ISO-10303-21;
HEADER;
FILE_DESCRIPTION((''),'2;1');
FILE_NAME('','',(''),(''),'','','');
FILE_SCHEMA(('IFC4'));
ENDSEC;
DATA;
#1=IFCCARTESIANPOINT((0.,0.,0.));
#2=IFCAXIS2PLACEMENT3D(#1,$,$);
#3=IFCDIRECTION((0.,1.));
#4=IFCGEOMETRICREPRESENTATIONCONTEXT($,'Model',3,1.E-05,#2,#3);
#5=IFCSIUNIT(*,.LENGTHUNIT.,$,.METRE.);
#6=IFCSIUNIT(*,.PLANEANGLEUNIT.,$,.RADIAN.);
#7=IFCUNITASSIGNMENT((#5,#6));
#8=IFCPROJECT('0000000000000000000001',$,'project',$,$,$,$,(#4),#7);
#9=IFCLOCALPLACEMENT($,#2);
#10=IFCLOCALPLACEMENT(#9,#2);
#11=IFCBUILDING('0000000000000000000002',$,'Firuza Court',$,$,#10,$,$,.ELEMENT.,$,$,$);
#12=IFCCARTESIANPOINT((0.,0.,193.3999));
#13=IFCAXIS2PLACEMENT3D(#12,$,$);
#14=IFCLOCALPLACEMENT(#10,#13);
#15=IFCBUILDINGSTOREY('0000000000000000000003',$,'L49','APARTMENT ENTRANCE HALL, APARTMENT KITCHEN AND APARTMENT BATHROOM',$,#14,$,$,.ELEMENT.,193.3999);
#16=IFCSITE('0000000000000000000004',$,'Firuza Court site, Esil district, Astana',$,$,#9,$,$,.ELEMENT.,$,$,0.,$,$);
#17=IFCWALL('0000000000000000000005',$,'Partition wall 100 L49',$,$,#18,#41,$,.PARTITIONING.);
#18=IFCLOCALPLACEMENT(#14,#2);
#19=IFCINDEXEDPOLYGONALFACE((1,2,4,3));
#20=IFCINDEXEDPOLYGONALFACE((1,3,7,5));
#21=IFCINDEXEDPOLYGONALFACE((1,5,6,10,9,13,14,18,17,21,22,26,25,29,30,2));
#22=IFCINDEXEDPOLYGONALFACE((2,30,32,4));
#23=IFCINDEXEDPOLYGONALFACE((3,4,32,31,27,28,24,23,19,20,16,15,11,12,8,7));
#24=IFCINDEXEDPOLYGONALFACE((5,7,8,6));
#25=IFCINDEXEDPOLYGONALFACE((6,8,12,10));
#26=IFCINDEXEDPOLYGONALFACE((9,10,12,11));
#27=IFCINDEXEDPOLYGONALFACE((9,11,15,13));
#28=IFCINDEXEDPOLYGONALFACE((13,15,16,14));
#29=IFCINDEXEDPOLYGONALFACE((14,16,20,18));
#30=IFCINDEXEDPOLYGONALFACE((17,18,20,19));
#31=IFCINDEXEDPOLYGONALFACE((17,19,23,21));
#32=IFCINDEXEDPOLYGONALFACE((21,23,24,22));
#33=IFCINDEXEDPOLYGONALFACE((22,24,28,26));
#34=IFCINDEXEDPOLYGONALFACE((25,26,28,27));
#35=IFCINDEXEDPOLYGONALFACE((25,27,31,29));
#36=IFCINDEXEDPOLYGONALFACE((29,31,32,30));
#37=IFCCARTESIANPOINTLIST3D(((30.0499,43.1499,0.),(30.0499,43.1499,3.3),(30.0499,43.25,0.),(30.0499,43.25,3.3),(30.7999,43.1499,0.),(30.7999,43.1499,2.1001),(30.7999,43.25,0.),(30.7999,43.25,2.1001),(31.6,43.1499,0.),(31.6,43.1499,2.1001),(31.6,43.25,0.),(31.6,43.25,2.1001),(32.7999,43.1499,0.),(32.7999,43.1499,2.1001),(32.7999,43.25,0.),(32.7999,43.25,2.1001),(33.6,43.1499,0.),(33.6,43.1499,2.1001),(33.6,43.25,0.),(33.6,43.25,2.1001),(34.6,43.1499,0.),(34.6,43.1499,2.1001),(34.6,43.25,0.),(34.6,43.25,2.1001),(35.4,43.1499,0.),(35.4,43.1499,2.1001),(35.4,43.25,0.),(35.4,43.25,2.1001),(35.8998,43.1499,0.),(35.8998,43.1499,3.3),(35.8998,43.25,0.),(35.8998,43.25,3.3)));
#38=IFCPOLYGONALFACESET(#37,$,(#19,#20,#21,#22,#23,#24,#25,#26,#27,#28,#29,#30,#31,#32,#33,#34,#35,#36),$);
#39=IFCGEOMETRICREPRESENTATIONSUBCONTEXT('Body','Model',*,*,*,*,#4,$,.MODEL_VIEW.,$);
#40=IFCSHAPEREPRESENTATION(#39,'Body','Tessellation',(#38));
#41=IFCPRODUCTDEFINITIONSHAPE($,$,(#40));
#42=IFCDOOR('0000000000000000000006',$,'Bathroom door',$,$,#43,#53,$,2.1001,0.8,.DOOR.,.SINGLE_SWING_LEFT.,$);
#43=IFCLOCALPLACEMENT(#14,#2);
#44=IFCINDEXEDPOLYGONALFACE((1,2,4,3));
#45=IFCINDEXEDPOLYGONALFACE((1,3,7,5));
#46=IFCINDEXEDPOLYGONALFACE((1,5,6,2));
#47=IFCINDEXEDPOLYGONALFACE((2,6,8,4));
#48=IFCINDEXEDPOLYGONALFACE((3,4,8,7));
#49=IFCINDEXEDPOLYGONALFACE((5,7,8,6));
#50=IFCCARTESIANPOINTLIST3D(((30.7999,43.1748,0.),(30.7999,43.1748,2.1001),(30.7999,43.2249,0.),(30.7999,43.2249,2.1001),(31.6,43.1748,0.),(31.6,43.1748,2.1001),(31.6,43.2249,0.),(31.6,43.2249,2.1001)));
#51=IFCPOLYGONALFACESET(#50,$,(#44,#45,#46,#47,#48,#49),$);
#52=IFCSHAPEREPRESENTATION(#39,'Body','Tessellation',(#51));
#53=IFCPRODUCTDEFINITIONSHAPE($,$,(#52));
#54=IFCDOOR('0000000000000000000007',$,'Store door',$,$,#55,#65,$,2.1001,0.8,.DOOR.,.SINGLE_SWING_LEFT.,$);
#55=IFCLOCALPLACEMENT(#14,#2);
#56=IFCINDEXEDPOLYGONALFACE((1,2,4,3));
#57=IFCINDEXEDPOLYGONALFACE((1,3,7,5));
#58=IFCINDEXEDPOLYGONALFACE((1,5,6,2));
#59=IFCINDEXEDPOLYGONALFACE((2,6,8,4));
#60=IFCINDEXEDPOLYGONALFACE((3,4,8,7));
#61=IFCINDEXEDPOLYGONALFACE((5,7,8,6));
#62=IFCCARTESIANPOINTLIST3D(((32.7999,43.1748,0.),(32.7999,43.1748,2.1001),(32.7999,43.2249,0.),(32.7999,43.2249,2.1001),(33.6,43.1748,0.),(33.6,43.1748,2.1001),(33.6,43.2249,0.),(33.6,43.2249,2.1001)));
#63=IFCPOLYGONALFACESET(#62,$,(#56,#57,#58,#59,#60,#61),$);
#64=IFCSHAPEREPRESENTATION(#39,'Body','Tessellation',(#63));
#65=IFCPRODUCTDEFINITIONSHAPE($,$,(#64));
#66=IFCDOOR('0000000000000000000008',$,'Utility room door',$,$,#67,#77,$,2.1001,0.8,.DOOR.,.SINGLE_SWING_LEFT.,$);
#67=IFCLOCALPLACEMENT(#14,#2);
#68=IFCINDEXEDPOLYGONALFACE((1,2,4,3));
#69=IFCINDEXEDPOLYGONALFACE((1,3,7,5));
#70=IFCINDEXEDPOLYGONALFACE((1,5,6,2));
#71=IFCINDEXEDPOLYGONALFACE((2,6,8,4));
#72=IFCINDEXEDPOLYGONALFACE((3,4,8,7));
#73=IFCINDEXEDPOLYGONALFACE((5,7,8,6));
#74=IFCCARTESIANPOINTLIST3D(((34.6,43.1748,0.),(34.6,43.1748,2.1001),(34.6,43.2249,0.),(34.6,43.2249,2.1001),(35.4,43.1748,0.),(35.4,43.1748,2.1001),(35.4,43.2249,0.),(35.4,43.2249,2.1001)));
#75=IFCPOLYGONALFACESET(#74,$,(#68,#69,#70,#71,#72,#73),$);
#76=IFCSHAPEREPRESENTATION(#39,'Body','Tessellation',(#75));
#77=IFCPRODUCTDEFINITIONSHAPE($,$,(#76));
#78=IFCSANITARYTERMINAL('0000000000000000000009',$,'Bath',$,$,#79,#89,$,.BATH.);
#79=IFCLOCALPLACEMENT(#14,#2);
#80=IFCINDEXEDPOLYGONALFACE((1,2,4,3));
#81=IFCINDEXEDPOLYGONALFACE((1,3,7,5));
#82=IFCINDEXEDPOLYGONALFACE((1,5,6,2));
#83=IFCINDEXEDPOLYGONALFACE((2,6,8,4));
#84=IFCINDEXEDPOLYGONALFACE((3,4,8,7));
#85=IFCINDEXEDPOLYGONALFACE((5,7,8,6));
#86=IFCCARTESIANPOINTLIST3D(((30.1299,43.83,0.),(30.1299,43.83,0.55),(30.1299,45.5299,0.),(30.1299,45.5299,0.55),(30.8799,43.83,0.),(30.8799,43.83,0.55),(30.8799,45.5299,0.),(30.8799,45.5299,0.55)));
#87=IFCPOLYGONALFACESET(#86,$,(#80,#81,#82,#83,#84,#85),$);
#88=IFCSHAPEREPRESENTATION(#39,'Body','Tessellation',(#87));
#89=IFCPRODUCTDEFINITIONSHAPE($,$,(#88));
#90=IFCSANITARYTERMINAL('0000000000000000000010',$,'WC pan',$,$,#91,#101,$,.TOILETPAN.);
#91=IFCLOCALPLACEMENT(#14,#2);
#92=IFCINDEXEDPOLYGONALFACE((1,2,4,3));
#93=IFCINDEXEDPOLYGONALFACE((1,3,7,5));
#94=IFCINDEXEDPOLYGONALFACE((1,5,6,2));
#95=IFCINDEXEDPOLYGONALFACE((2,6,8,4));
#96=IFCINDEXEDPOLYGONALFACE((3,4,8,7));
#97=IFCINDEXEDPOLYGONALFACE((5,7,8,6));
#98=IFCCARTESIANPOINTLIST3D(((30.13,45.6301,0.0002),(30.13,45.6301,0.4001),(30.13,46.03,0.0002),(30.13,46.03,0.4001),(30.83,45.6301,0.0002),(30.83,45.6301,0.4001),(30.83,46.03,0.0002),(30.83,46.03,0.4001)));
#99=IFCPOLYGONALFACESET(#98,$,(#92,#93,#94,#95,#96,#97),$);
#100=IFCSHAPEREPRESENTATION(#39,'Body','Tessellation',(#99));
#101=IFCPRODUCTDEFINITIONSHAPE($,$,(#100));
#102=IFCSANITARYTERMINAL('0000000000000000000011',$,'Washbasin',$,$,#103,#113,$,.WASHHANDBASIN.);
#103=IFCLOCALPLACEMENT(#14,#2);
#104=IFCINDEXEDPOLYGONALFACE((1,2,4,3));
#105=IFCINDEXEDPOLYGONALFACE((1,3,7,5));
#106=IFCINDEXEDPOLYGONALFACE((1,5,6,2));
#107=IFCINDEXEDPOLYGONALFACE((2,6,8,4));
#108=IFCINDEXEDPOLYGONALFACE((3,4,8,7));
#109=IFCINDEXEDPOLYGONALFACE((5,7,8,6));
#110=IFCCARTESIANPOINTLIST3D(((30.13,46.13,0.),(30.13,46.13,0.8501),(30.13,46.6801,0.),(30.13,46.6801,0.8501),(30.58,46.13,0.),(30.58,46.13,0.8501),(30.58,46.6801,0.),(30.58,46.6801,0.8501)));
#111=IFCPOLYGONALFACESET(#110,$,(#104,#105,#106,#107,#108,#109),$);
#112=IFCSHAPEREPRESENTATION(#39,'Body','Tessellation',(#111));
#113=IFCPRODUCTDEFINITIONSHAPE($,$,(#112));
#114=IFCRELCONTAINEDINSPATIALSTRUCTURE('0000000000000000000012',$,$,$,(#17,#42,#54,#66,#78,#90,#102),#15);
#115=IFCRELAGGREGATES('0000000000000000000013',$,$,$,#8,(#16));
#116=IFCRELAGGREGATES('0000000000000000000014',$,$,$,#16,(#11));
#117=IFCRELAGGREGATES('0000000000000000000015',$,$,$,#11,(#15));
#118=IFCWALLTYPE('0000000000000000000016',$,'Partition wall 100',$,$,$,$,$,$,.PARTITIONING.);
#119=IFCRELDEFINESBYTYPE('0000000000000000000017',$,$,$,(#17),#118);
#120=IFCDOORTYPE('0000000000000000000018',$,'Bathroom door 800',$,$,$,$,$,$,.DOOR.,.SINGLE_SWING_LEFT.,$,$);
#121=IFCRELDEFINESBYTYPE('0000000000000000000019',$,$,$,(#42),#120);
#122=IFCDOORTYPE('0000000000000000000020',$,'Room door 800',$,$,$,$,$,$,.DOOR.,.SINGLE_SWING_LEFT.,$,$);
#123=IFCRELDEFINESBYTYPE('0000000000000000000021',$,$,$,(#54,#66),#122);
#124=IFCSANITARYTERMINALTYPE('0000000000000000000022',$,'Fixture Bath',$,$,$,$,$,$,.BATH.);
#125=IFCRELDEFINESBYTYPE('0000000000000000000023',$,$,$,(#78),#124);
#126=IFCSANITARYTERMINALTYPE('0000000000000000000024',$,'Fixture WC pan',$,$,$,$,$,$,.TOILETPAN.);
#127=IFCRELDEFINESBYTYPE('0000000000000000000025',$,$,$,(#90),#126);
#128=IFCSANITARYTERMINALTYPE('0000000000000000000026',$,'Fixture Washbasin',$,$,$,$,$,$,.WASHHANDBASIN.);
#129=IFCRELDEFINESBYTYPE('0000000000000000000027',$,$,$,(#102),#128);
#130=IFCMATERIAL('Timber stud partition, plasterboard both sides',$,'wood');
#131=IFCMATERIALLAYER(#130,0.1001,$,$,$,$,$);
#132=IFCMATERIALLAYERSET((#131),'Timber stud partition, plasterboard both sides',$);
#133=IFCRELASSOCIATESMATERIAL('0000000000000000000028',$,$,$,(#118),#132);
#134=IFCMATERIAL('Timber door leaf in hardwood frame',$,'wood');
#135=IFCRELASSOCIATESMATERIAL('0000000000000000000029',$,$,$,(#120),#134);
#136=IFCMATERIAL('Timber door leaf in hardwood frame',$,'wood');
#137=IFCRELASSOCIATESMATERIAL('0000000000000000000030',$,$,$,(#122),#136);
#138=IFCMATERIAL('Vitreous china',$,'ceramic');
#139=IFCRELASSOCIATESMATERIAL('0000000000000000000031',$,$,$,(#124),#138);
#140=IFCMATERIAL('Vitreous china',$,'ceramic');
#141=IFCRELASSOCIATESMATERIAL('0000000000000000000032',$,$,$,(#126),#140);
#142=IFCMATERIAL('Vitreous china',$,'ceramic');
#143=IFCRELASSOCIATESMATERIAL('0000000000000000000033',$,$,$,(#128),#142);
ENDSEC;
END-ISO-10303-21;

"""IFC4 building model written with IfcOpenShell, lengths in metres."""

from ifc_helpers import new_model, si_unit, direction, frame, frame_2d, origin, origin_2d, place, context, subcontext, project, spatial, rectangle, extrude, material, layer, layer_set, type_object, element, fill, save


model = new_model("IFC4")

# Units and contexts
model_context = context("Model", 3, precision=1e-05, world=origin(), true_north=direction((0.0, 1.0)))
body_context = subcontext(model_context, "Body", "Model", "MODEL_VIEW")
ifc_project = project(units=[si_unit("LENGTHUNIT", "METRE"), si_unit("PLANEANGLEUNIT", "RADIAN")], contexts=[model_context])

# Site, building, storey
site_placement = place(None, origin())
site = spatial("IfcSite", under=ifc_project, at=site_placement, Name="Firuza Court site, Esil district, Astana", CompositionType="ELEMENT", RefElevation=0.0)
building_placement = place(site_placement, origin())
building = spatial("IfcBuilding", under=site, at=building_placement, Name="Firuza Court", CompositionType="ELEMENT")
storey_placement = place(building_placement, frame((0.0, 0.0, 193.3999)))
storey = spatial("IfcBuildingStorey", under=building, at=storey_placement, Name="L49", Description="APARTMENT ENTRANCE HALL, APARTMENT KITCHEN AND APARTMENT BATHROOM", CompositionType="ELEMENT", Elevation=193.3999)

# Shared definitions
ifc_material_1 = material(Name="Timber stud partition, plasterboard both sides", Category="wood")
ifc_layer_1 = layer(ifc_material_1, 0.1001)
ifc_layer_set_1 = layer_set([ifc_layer_1], Name="Timber stud partition, plasterboard both sides")
wall_type_1 = type_object("IfcWallType", Name="Partition wall 100", PredefinedType="PARTITIONING", material=ifc_layer_set_1)

# Wall, openings, doors
wall_1_placement = place(storey_placement, frame((30.05, 43.2, 0.0), z_axis=(0.0, 0.0, 1.0), x_axis=(1.0, 0.0, 0.0)))
wall_1 = element("IfcWall", 1, at=wall_1_placement, inside=storey, type_object=wall_type_1, Name="Partition wall 100 L49", PredefinedType="PARTITIONING", context=body_context, shape_type="SweptSolid", body=[
    extrude(rectangle(XDim=5.8499, YDim=0.1001, at=frame_2d((2.9248, 0.0))), origin(), (0.0, 0.0, 1.0), 3.3),
])
opening_1_placement = place(wall_1_placement, frame((0.75, 0.0, 0.0)))
opening_1 = element("IfcOpeningElement", 2, at=opening_1_placement, cuts=wall_1, PredefinedType="OPENING", context=body_context, shape_type="SweptSolid", body=[
    extrude(rectangle(XDim=0.8, YDim=2.1001, at=frame_2d((0.3999, 1.05))), frame((0.0, 0.062, 0.0), z_axis=(0.0, -1.0, 0.0), x_axis=(1.0, 0.0, 0.0)), (0.0, 0.0, 1.0), 0.124),
])
opening_2_placement = place(wall_1_placement, frame((2.75, 0.0, 0.0)))
opening_2 = element("IfcOpeningElement", 3, at=opening_2_placement, cuts=wall_1, PredefinedType="OPENING", context=body_context, shape_type="SweptSolid", body=[
    extrude(rectangle(XDim=0.8, YDim=2.1001, at=frame_2d((0.3999, 1.05))), frame((0.0, 0.062, 0.0), z_axis=(0.0, -1.0, 0.0), x_axis=(1.0, 0.0, 0.0)), (0.0, 0.0, 1.0), 0.124),
])
opening_3_placement = place(wall_1_placement, frame((4.55, 0.0, 0.0)))
opening_3 = element("IfcOpeningElement", 4, at=opening_3_placement, cuts=wall_1, PredefinedType="OPENING", context=body_context, shape_type="SweptSolid", body=[
    extrude(rectangle(XDim=0.8, YDim=2.1001, at=frame_2d((0.3999, 1.05))), frame((0.0, 0.062, 0.0), z_axis=(0.0, -1.0, 0.0), x_axis=(1.0, 0.0, 0.0)), (0.0, 0.0, 1.0), 0.124),
])
ifc_material_2 = material(Name="Timber door leaf in hardwood frame", Category="wood")
door_type_1 = type_object("IfcDoorType", Name="Bathroom door 800", OperationType="SINGLE_SWING_LEFT", PredefinedType="DOOR", material=ifc_material_2)
door_1_placement = place(opening_1_placement, origin())
door_1 = element("IfcDoor", 5, at=door_1_placement, inside=storey, type_object=door_type_1, Name="Bathroom door", OperationType="SINGLE_SWING_LEFT", OverallHeight=2.1001, OverallWidth=0.8, PredefinedType="DOOR", context=body_context, shape_type="SweptSolid", body=[
    extrude(rectangle(XDim=0.8, YDim=2.1001, at=frame_2d((0.3999, 1.05))), frame((0.0, 0.0249, 0.0), z_axis=(0.0, -1.0, 0.0), x_axis=(1.0, 0.0, 0.0)), (0.0, 0.0, 1.0), 0.05),
])
fill(opening_1, door_1)
ifc_material_3 = material(Name="Timber door leaf in hardwood frame", Category="wood")
door_type_2 = type_object("IfcDoorType", Name="Room door 800", OperationType="SINGLE_SWING_LEFT", PredefinedType="DOOR", material=ifc_material_3)
door_2_placement = place(opening_2_placement, origin())
door_2 = element("IfcDoor", 6, at=door_2_placement, inside=storey, type_object=door_type_2, Name="Store door", OperationType="SINGLE_SWING_LEFT", OverallHeight=2.1001, OverallWidth=0.8, PredefinedType="DOOR", context=body_context, shape_type="SweptSolid", body=[
    extrude(rectangle(XDim=0.8, YDim=2.1001, at=frame_2d((0.3999, 1.05))), frame((0.0, 0.0249, 0.0), z_axis=(0.0, -1.0, 0.0), x_axis=(1.0, 0.0, 0.0)), (0.0, 0.0, 1.0), 0.05),
])
fill(opening_2, door_2)
door_3_placement = place(opening_3_placement, origin())
door_3 = element("IfcDoor", 7, at=door_3_placement, inside=storey, type_object=door_type_2, Name="Utility room door", OperationType="SINGLE_SWING_LEFT", OverallHeight=2.1001, OverallWidth=0.8, PredefinedType="DOOR", context=body_context, shape_type="SweptSolid", body=[
    extrude(rectangle(XDim=0.8, YDim=2.1001, at=frame_2d((0.3999, 1.05))), frame((0.0, 0.0249, 0.0), z_axis=(0.0, -1.0, 0.0), x_axis=(1.0, 0.0, 0.0)), (0.0, 0.0, 1.0), 0.05),
])
fill(opening_3, door_3)

# Sanitary terminals
ifc_material_4 = material(Name="Vitreous china", Category="ceramic")
sanitary_terminal_type_1 = type_object("IfcSanitaryTerminalType", Name="Fixture Bath", PredefinedType="BATH", material=ifc_material_4)
sanitary_terminal_1_placement = place(storey_placement, frame((30.5049, 44.6799, 0.0), z_axis=(0.0, 0.0, 1.0), x_axis=(1.0, 0.0, 0.0)))
element("IfcSanitaryTerminal", 8, at=sanitary_terminal_1_placement, inside=storey, type_object=sanitary_terminal_type_1, Name="Bath", PredefinedType="BATH", context=body_context, shape_type="SweptSolid", body=[
    extrude(rectangle(XDim=0.75, YDim=1.7, at=origin_2d()), origin(), (0.0, 0.0, 1.0), 0.55),
])
ifc_material_5 = material(Name="Vitreous china", Category="ceramic")
sanitary_terminal_type_2 = type_object("IfcSanitaryTerminalType", Name="Fixture WC pan", PredefinedType="TOILETPAN", material=ifc_material_5)
sanitary_terminal_2_placement = place(storey_placement, frame((30.48, 45.8301, 0.0002), z_axis=(0.0, 0.0, 1.0), x_axis=(1.0, 0.0, 0.0)))
element("IfcSanitaryTerminal", 9, at=sanitary_terminal_2_placement, inside=storey, type_object=sanitary_terminal_type_2, Name="WC pan", PredefinedType="TOILETPAN", context=body_context, shape_type="SweptSolid", body=[
    extrude(rectangle(XDim=0.7, YDim=0.3999, at=origin_2d()), origin(), (0.0, 0.0, 1.0), 0.3999),
])
ifc_material_6 = material(Name="Vitreous china", Category="ceramic")
sanitary_terminal_type_3 = type_object("IfcSanitaryTerminalType", Name="Fixture Washbasin", PredefinedType="WASHHANDBASIN", material=ifc_material_6)
sanitary_terminal_3_placement = place(storey_placement, frame((30.355, 46.405, 0.0), z_axis=(0.0, 0.0, 1.0), x_axis=(1.0, 0.0, 0.0)))
element("IfcSanitaryTerminal", 10, at=sanitary_terminal_3_placement, inside=storey, type_object=sanitary_terminal_type_3, Name="Washbasin", PredefinedType="WASHHANDBASIN", context=body_context, shape_type="SweptSolid", body=[
    extrude(rectangle(XDim=0.45, YDim=0.55, at=origin_2d()), origin(), (0.0, 0.0, 1.0), 0.8501),
])

save(model, "model.ifc")
